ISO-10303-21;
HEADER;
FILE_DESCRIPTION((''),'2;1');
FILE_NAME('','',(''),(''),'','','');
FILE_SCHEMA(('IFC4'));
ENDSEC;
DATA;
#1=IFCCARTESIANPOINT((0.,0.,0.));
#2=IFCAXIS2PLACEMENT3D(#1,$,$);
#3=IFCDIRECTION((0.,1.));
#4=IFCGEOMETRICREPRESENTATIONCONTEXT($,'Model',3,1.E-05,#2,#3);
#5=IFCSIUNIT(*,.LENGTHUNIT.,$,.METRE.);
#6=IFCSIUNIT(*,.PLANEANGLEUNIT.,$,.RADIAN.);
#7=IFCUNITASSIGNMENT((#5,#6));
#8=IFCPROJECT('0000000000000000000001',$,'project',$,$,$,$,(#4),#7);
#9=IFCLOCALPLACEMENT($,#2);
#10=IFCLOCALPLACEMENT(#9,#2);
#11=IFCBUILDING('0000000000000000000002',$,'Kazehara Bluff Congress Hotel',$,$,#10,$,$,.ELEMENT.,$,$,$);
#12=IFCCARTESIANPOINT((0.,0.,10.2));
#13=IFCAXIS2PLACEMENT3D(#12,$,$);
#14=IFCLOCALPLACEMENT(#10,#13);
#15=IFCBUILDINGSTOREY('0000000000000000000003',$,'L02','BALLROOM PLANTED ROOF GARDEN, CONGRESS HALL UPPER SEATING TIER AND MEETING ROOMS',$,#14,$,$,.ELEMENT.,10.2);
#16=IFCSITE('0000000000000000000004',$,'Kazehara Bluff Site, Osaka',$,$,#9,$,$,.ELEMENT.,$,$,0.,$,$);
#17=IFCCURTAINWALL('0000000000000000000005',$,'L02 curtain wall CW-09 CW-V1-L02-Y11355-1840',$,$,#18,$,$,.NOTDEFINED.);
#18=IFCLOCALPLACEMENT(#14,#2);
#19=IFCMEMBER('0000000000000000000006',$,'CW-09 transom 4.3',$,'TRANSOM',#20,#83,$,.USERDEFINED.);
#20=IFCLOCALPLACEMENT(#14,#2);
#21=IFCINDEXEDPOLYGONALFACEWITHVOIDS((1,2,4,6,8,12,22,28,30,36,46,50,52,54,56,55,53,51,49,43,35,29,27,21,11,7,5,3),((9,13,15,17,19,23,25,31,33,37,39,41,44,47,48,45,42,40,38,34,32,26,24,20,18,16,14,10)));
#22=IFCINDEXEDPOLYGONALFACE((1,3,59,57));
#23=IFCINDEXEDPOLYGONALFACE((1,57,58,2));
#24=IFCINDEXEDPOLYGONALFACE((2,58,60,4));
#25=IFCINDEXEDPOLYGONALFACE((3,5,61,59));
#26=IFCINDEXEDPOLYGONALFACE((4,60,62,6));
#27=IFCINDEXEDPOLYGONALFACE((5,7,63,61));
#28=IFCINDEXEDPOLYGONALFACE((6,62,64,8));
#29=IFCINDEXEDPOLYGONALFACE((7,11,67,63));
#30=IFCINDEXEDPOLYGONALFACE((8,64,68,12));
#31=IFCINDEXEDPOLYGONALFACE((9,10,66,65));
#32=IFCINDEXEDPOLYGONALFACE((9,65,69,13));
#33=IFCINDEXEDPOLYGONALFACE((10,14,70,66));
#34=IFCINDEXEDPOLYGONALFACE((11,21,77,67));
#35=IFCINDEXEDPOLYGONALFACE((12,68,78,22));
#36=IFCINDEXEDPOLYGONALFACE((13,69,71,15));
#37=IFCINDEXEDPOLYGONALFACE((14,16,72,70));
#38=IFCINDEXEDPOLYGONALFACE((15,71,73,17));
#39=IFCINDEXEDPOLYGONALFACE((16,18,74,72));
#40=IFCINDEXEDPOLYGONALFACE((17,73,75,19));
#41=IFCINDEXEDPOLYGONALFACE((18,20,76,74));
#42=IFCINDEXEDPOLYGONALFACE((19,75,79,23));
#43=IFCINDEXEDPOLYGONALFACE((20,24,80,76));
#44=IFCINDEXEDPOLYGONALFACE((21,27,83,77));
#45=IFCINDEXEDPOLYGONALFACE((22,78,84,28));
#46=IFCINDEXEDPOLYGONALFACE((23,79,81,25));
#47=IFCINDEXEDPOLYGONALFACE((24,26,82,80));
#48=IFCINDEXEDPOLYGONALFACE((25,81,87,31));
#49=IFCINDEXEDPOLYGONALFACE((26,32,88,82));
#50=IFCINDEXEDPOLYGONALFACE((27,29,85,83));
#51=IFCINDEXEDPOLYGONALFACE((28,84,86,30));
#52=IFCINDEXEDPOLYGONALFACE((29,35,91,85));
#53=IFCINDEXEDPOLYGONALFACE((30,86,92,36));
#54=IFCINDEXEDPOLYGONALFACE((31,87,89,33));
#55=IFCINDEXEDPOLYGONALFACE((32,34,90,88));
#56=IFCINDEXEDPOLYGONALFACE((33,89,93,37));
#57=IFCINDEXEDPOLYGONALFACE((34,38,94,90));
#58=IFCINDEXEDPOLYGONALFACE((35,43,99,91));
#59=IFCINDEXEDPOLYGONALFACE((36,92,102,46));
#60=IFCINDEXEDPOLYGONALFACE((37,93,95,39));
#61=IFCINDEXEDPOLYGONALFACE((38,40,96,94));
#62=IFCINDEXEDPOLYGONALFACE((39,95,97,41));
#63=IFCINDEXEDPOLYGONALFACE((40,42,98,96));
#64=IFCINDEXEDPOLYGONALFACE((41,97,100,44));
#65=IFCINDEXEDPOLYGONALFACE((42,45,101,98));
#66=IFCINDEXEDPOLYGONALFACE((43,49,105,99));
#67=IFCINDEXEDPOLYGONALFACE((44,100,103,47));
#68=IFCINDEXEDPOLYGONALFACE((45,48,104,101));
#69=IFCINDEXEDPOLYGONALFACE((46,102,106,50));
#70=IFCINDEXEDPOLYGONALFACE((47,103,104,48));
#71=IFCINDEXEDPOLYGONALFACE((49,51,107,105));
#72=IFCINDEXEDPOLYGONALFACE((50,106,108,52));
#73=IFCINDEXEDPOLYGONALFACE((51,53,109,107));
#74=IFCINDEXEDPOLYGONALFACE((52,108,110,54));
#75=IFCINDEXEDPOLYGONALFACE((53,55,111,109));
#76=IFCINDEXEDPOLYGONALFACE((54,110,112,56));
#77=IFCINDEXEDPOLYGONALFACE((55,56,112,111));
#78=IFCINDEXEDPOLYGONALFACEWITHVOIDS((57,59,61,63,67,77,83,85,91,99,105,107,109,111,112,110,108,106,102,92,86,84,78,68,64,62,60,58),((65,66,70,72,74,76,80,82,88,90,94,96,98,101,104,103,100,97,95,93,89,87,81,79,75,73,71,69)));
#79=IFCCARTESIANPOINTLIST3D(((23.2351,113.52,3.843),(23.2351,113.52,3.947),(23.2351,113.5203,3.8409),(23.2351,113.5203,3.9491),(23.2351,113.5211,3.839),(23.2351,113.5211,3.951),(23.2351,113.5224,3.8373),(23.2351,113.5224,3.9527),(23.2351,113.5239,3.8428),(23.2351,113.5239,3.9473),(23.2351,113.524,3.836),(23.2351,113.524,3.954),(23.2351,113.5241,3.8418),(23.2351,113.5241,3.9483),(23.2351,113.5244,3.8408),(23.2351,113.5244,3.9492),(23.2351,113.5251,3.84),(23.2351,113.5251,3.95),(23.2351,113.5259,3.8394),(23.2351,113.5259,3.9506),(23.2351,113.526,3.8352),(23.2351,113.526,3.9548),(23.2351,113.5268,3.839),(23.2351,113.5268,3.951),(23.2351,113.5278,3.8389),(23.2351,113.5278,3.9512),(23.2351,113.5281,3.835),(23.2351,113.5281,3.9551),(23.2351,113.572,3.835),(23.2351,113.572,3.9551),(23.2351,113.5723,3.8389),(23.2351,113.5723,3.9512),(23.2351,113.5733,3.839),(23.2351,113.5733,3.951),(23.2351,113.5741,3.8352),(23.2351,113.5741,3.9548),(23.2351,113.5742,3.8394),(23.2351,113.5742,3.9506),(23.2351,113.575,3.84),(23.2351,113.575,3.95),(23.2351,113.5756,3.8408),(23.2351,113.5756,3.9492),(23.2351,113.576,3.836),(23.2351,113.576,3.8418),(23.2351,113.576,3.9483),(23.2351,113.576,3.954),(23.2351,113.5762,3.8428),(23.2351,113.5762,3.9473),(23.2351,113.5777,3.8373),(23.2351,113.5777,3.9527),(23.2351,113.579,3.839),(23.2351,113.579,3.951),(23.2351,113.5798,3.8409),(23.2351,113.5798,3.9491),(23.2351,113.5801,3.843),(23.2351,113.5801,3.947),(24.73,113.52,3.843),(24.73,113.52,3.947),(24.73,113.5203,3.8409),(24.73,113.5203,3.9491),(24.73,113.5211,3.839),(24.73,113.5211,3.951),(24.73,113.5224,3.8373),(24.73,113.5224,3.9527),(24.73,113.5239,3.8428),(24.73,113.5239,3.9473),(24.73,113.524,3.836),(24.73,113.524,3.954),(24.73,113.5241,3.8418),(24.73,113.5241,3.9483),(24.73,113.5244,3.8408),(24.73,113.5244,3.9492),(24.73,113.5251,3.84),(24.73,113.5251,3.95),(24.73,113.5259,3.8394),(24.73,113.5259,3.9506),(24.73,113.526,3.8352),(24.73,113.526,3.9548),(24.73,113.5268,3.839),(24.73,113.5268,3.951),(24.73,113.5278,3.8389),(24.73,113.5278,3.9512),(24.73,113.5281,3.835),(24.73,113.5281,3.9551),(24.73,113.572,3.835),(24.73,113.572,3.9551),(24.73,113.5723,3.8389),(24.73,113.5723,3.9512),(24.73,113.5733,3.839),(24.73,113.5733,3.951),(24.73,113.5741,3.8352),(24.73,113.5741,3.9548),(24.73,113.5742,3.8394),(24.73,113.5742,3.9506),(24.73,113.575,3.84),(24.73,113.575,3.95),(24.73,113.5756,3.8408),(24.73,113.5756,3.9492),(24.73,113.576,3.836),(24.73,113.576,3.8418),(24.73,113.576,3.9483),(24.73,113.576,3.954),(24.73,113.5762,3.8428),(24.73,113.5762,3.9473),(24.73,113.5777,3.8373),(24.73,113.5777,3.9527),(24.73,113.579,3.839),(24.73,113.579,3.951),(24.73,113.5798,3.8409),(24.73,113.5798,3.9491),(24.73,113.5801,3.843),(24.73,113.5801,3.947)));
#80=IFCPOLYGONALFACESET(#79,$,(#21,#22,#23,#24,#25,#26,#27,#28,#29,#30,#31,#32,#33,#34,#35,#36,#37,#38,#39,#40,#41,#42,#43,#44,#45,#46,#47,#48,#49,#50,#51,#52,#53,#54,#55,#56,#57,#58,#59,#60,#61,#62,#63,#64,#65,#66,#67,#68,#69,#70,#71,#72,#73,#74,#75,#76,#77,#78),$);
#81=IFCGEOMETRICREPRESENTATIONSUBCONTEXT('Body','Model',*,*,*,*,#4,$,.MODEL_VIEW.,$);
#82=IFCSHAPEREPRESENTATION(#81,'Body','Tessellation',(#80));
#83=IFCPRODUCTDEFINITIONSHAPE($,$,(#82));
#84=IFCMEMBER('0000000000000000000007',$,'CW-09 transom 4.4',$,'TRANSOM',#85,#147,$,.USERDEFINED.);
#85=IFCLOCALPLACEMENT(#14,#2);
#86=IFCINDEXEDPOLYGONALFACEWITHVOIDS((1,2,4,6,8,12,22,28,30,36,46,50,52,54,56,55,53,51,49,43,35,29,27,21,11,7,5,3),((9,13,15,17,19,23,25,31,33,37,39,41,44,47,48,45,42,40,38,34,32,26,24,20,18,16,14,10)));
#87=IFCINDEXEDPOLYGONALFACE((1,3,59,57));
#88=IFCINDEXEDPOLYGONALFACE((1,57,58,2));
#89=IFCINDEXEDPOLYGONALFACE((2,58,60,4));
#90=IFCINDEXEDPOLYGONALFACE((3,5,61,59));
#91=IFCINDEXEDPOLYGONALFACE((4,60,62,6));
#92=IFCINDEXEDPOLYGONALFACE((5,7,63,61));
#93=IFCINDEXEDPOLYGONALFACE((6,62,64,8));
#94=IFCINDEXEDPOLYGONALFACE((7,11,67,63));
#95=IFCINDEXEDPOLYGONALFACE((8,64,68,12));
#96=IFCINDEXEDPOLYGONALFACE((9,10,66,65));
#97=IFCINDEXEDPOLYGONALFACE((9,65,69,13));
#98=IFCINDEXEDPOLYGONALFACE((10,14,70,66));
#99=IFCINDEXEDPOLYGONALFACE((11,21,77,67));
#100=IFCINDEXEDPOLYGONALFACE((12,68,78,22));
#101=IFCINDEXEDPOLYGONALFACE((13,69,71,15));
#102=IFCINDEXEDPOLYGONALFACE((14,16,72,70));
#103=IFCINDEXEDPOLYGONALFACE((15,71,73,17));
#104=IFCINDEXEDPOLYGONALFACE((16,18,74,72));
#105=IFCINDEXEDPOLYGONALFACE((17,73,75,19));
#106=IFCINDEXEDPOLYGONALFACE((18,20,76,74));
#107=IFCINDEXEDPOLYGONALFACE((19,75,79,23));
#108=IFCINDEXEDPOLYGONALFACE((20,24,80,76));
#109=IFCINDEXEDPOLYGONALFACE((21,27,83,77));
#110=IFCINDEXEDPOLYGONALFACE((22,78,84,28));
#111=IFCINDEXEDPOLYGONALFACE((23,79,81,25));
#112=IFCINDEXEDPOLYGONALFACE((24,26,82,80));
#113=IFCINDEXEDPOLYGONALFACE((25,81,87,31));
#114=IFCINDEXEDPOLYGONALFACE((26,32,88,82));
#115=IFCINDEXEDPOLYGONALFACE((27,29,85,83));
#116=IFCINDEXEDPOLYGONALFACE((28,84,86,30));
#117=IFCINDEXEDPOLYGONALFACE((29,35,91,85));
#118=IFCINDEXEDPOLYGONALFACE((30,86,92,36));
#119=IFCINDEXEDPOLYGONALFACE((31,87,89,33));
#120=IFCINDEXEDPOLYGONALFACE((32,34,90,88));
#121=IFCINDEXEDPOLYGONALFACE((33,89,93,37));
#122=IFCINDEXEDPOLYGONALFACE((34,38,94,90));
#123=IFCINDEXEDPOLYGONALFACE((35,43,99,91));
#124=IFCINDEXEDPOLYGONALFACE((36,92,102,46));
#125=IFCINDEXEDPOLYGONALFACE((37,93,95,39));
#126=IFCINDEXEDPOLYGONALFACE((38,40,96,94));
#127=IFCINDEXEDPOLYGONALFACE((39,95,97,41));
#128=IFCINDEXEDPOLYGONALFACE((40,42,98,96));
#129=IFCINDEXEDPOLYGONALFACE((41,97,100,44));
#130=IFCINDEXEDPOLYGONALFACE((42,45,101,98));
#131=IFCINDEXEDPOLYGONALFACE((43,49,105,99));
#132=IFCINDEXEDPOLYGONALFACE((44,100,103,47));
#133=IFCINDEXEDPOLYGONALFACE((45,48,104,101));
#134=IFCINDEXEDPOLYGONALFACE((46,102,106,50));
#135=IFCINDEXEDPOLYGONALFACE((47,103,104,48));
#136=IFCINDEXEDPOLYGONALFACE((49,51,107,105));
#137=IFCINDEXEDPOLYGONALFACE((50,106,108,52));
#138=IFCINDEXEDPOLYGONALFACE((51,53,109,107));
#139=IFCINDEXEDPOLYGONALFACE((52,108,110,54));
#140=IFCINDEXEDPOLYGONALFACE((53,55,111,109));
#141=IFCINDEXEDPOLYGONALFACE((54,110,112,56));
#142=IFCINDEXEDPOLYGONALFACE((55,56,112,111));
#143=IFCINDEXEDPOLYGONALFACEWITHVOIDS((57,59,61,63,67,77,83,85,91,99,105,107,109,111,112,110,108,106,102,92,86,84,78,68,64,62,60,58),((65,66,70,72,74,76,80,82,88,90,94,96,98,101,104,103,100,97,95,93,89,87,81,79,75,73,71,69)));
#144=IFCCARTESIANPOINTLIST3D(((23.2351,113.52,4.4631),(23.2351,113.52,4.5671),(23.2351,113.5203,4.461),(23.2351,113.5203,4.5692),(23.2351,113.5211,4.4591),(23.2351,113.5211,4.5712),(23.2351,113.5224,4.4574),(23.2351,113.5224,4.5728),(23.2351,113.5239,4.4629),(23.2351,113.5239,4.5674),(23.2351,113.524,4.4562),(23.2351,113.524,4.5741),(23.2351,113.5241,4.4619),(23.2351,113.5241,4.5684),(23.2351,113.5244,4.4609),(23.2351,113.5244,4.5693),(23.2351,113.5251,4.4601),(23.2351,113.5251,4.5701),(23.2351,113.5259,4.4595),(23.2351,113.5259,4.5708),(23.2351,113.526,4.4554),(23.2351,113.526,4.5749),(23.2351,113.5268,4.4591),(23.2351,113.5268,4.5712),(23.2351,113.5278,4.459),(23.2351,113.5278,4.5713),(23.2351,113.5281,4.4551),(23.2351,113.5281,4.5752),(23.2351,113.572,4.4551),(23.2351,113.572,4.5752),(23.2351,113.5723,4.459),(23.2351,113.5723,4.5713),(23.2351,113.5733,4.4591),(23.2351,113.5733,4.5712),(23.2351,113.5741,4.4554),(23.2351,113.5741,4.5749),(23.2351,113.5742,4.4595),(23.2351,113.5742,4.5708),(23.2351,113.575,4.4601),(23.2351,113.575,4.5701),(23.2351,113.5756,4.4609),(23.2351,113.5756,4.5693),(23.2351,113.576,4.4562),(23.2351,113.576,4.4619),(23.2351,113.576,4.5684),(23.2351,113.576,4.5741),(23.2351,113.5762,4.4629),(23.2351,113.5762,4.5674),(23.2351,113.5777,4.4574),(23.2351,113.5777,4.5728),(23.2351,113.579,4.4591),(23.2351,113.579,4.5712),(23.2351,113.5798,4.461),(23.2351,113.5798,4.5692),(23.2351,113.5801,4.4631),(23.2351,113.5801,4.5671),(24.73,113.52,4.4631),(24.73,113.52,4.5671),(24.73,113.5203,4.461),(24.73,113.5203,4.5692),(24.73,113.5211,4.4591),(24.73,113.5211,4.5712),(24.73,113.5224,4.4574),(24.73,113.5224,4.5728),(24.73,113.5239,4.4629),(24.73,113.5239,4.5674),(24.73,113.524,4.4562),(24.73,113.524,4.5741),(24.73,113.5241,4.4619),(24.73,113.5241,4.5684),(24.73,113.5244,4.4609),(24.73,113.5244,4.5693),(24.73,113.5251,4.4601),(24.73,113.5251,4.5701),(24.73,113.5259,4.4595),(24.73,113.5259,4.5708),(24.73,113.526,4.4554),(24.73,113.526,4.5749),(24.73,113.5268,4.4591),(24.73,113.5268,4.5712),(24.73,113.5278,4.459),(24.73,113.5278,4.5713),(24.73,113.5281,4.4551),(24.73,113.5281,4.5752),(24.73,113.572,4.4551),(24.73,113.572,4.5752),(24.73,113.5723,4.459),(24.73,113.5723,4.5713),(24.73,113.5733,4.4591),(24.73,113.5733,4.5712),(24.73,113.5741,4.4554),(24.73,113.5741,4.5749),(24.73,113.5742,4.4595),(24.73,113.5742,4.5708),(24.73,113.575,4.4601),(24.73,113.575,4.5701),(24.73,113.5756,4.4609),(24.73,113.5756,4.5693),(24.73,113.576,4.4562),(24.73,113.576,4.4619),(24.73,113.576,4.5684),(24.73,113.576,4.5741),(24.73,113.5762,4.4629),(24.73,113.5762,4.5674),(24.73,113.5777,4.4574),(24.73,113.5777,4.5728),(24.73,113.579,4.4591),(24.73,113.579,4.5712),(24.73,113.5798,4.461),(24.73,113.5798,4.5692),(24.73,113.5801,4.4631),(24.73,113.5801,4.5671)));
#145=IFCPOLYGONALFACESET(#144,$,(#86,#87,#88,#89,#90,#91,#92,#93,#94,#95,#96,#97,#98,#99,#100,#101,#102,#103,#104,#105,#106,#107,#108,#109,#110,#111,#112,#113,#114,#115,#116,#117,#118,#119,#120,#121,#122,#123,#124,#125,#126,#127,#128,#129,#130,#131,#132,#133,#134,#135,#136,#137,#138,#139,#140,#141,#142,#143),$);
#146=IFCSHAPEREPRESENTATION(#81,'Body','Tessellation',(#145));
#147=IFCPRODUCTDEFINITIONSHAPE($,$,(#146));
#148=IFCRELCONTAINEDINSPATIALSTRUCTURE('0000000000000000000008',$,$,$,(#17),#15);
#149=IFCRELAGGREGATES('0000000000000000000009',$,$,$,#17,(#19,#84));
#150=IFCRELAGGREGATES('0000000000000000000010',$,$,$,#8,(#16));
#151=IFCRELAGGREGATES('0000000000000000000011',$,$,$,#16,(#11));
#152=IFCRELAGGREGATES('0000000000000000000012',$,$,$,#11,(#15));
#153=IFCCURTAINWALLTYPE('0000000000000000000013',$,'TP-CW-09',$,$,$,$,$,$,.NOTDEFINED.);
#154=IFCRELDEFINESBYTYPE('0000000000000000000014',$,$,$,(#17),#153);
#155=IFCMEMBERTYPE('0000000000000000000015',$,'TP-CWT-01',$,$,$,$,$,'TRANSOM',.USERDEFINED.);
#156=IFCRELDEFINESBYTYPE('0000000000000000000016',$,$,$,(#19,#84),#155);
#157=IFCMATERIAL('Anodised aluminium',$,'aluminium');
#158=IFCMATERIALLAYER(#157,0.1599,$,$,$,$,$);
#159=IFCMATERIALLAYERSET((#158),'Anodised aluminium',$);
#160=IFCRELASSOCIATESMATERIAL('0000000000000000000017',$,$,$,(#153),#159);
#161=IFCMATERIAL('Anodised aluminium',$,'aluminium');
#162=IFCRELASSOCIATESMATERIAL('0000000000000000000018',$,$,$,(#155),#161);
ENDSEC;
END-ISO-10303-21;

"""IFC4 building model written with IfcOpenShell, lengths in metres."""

from ifc_helpers import new_model, si_unit, direction, frame, origin, origin_2d, place, context, subcontext, project, spatial, hollow_rectangle, extrude, material, layer, layer_set, material_profile, profile_set, type_object, element, aggregate, save


model = new_model("IFC4")

# Units and contexts
model_context = context("Model", 3, precision=1e-05, world=origin(), true_north=direction((0.0, 1.0)))
body_context = subcontext(model_context, "Body", "Model", "MODEL_VIEW")
ifc_project = project(units=[si_unit("LENGTHUNIT", "METRE"), si_unit("PLANEANGLEUNIT", "RADIAN")], contexts=[model_context])

# Site, building, storey
site_placement = place(None, origin())
site = spatial("IfcSite", under=ifc_project, at=site_placement, Name="Kazehara Bluff Site, Osaka", CompositionType="ELEMENT", RefElevation=0.0)
building_placement = place(site_placement, origin())
building = spatial("IfcBuilding", under=site, at=building_placement, Name="Kazehara Bluff Congress Hotel", CompositionType="ELEMENT")
storey_placement = place(building_placement, frame((0.0, 0.0, 10.2)))
storey = spatial("IfcBuildingStorey", under=building, at=storey_placement, Name="L02", Description="BALLROOM PLANTED ROOF GARDEN, CONGRESS HALL UPPER SEATING TIER AND MEETING ROOMS", CompositionType="ELEMENT", Elevation=10.2)

# Curtain wall, members
ifc_material_1 = material(Name="Anodised aluminium", Category="aluminium")
ifc_layer_1 = layer(ifc_material_1, 0.1599)
ifc_layer_set_1 = layer_set([ifc_layer_1], Name="Anodised aluminium")
curtain_wall_type_1 = type_object("IfcCurtainWallType", Name="TP-CW-09", PredefinedType="NOTDEFINED", material=ifc_layer_set_1)
curtain_wall_1_placement = place(storey_placement, origin())
curtain_wall_1 = element("IfcCurtainWall", 1, at=curtain_wall_1_placement, inside=storey, type_object=curtain_wall_type_1, Name="L02 curtain wall CW-09 CW-V1-L02-Y11355-1840", PredefinedType="NOTDEFINED")
ifc_material_2 = material(Name="Anodised aluminium", Category="aluminium")
ifc_material_profile_1 = material_profile(ifc_material_2, hollow_rectangle(XDim=0.0601, YDim=0.1201, WallThickness=0.0039, InnerFilletRadius=0.0039, OuterFilletRadius=0.0081, at=origin_2d()))
ifc_profile_set_1 = profile_set([ifc_material_profile_1], Name="Anodised aluminium")
member_type_1 = type_object("IfcMemberType", Name="TP-CWT-01", ElementType="TRANSOM", PredefinedType="USERDEFINED", material=ifc_profile_set_1)
member_1_placement = place(storey_placement, frame((23.2351, 113.55, 3.895), z_axis=(1.0, 0.0, 0.0), x_axis=(0.0, 1.0, 0.0)))
member_1 = element("IfcMember", 2, at=member_1_placement, type_object=member_type_1, Name="CW-09 transom 4.3", ObjectType="TRANSOM", PredefinedType="USERDEFINED", context=body_context, shape_type="SweptSolid", body=[
    extrude(hollow_rectangle(XDim=0.0601, YDim=0.1201, WallThickness=0.0039, InnerFilletRadius=0.0039, OuterFilletRadius=0.0081, at=origin_2d()), origin(), (0.0, 0.0, 1.0), 1.4949),
])
member_2_placement = place(storey_placement, frame((23.2351, 113.55, 4.5151), z_axis=(1.0, 0.0, 0.0), x_axis=(0.0, 1.0, 0.0)))
member_2 = element("IfcMember", 3, at=member_2_placement, type_object=member_type_1, Name="CW-09 transom 4.4", ObjectType="TRANSOM", PredefinedType="USERDEFINED", context=body_context, shape_type="SweptSolid", body=[
    extrude(hollow_rectangle(XDim=0.0601, YDim=0.1201, WallThickness=0.0039, InnerFilletRadius=0.0039, OuterFilletRadius=0.0081, at=origin_2d()), origin(), (0.0, 0.0, 1.0), 1.4949),
])

aggregate(curtain_wall_1, [member_1, member_2])

save(model, "model.ifc")
